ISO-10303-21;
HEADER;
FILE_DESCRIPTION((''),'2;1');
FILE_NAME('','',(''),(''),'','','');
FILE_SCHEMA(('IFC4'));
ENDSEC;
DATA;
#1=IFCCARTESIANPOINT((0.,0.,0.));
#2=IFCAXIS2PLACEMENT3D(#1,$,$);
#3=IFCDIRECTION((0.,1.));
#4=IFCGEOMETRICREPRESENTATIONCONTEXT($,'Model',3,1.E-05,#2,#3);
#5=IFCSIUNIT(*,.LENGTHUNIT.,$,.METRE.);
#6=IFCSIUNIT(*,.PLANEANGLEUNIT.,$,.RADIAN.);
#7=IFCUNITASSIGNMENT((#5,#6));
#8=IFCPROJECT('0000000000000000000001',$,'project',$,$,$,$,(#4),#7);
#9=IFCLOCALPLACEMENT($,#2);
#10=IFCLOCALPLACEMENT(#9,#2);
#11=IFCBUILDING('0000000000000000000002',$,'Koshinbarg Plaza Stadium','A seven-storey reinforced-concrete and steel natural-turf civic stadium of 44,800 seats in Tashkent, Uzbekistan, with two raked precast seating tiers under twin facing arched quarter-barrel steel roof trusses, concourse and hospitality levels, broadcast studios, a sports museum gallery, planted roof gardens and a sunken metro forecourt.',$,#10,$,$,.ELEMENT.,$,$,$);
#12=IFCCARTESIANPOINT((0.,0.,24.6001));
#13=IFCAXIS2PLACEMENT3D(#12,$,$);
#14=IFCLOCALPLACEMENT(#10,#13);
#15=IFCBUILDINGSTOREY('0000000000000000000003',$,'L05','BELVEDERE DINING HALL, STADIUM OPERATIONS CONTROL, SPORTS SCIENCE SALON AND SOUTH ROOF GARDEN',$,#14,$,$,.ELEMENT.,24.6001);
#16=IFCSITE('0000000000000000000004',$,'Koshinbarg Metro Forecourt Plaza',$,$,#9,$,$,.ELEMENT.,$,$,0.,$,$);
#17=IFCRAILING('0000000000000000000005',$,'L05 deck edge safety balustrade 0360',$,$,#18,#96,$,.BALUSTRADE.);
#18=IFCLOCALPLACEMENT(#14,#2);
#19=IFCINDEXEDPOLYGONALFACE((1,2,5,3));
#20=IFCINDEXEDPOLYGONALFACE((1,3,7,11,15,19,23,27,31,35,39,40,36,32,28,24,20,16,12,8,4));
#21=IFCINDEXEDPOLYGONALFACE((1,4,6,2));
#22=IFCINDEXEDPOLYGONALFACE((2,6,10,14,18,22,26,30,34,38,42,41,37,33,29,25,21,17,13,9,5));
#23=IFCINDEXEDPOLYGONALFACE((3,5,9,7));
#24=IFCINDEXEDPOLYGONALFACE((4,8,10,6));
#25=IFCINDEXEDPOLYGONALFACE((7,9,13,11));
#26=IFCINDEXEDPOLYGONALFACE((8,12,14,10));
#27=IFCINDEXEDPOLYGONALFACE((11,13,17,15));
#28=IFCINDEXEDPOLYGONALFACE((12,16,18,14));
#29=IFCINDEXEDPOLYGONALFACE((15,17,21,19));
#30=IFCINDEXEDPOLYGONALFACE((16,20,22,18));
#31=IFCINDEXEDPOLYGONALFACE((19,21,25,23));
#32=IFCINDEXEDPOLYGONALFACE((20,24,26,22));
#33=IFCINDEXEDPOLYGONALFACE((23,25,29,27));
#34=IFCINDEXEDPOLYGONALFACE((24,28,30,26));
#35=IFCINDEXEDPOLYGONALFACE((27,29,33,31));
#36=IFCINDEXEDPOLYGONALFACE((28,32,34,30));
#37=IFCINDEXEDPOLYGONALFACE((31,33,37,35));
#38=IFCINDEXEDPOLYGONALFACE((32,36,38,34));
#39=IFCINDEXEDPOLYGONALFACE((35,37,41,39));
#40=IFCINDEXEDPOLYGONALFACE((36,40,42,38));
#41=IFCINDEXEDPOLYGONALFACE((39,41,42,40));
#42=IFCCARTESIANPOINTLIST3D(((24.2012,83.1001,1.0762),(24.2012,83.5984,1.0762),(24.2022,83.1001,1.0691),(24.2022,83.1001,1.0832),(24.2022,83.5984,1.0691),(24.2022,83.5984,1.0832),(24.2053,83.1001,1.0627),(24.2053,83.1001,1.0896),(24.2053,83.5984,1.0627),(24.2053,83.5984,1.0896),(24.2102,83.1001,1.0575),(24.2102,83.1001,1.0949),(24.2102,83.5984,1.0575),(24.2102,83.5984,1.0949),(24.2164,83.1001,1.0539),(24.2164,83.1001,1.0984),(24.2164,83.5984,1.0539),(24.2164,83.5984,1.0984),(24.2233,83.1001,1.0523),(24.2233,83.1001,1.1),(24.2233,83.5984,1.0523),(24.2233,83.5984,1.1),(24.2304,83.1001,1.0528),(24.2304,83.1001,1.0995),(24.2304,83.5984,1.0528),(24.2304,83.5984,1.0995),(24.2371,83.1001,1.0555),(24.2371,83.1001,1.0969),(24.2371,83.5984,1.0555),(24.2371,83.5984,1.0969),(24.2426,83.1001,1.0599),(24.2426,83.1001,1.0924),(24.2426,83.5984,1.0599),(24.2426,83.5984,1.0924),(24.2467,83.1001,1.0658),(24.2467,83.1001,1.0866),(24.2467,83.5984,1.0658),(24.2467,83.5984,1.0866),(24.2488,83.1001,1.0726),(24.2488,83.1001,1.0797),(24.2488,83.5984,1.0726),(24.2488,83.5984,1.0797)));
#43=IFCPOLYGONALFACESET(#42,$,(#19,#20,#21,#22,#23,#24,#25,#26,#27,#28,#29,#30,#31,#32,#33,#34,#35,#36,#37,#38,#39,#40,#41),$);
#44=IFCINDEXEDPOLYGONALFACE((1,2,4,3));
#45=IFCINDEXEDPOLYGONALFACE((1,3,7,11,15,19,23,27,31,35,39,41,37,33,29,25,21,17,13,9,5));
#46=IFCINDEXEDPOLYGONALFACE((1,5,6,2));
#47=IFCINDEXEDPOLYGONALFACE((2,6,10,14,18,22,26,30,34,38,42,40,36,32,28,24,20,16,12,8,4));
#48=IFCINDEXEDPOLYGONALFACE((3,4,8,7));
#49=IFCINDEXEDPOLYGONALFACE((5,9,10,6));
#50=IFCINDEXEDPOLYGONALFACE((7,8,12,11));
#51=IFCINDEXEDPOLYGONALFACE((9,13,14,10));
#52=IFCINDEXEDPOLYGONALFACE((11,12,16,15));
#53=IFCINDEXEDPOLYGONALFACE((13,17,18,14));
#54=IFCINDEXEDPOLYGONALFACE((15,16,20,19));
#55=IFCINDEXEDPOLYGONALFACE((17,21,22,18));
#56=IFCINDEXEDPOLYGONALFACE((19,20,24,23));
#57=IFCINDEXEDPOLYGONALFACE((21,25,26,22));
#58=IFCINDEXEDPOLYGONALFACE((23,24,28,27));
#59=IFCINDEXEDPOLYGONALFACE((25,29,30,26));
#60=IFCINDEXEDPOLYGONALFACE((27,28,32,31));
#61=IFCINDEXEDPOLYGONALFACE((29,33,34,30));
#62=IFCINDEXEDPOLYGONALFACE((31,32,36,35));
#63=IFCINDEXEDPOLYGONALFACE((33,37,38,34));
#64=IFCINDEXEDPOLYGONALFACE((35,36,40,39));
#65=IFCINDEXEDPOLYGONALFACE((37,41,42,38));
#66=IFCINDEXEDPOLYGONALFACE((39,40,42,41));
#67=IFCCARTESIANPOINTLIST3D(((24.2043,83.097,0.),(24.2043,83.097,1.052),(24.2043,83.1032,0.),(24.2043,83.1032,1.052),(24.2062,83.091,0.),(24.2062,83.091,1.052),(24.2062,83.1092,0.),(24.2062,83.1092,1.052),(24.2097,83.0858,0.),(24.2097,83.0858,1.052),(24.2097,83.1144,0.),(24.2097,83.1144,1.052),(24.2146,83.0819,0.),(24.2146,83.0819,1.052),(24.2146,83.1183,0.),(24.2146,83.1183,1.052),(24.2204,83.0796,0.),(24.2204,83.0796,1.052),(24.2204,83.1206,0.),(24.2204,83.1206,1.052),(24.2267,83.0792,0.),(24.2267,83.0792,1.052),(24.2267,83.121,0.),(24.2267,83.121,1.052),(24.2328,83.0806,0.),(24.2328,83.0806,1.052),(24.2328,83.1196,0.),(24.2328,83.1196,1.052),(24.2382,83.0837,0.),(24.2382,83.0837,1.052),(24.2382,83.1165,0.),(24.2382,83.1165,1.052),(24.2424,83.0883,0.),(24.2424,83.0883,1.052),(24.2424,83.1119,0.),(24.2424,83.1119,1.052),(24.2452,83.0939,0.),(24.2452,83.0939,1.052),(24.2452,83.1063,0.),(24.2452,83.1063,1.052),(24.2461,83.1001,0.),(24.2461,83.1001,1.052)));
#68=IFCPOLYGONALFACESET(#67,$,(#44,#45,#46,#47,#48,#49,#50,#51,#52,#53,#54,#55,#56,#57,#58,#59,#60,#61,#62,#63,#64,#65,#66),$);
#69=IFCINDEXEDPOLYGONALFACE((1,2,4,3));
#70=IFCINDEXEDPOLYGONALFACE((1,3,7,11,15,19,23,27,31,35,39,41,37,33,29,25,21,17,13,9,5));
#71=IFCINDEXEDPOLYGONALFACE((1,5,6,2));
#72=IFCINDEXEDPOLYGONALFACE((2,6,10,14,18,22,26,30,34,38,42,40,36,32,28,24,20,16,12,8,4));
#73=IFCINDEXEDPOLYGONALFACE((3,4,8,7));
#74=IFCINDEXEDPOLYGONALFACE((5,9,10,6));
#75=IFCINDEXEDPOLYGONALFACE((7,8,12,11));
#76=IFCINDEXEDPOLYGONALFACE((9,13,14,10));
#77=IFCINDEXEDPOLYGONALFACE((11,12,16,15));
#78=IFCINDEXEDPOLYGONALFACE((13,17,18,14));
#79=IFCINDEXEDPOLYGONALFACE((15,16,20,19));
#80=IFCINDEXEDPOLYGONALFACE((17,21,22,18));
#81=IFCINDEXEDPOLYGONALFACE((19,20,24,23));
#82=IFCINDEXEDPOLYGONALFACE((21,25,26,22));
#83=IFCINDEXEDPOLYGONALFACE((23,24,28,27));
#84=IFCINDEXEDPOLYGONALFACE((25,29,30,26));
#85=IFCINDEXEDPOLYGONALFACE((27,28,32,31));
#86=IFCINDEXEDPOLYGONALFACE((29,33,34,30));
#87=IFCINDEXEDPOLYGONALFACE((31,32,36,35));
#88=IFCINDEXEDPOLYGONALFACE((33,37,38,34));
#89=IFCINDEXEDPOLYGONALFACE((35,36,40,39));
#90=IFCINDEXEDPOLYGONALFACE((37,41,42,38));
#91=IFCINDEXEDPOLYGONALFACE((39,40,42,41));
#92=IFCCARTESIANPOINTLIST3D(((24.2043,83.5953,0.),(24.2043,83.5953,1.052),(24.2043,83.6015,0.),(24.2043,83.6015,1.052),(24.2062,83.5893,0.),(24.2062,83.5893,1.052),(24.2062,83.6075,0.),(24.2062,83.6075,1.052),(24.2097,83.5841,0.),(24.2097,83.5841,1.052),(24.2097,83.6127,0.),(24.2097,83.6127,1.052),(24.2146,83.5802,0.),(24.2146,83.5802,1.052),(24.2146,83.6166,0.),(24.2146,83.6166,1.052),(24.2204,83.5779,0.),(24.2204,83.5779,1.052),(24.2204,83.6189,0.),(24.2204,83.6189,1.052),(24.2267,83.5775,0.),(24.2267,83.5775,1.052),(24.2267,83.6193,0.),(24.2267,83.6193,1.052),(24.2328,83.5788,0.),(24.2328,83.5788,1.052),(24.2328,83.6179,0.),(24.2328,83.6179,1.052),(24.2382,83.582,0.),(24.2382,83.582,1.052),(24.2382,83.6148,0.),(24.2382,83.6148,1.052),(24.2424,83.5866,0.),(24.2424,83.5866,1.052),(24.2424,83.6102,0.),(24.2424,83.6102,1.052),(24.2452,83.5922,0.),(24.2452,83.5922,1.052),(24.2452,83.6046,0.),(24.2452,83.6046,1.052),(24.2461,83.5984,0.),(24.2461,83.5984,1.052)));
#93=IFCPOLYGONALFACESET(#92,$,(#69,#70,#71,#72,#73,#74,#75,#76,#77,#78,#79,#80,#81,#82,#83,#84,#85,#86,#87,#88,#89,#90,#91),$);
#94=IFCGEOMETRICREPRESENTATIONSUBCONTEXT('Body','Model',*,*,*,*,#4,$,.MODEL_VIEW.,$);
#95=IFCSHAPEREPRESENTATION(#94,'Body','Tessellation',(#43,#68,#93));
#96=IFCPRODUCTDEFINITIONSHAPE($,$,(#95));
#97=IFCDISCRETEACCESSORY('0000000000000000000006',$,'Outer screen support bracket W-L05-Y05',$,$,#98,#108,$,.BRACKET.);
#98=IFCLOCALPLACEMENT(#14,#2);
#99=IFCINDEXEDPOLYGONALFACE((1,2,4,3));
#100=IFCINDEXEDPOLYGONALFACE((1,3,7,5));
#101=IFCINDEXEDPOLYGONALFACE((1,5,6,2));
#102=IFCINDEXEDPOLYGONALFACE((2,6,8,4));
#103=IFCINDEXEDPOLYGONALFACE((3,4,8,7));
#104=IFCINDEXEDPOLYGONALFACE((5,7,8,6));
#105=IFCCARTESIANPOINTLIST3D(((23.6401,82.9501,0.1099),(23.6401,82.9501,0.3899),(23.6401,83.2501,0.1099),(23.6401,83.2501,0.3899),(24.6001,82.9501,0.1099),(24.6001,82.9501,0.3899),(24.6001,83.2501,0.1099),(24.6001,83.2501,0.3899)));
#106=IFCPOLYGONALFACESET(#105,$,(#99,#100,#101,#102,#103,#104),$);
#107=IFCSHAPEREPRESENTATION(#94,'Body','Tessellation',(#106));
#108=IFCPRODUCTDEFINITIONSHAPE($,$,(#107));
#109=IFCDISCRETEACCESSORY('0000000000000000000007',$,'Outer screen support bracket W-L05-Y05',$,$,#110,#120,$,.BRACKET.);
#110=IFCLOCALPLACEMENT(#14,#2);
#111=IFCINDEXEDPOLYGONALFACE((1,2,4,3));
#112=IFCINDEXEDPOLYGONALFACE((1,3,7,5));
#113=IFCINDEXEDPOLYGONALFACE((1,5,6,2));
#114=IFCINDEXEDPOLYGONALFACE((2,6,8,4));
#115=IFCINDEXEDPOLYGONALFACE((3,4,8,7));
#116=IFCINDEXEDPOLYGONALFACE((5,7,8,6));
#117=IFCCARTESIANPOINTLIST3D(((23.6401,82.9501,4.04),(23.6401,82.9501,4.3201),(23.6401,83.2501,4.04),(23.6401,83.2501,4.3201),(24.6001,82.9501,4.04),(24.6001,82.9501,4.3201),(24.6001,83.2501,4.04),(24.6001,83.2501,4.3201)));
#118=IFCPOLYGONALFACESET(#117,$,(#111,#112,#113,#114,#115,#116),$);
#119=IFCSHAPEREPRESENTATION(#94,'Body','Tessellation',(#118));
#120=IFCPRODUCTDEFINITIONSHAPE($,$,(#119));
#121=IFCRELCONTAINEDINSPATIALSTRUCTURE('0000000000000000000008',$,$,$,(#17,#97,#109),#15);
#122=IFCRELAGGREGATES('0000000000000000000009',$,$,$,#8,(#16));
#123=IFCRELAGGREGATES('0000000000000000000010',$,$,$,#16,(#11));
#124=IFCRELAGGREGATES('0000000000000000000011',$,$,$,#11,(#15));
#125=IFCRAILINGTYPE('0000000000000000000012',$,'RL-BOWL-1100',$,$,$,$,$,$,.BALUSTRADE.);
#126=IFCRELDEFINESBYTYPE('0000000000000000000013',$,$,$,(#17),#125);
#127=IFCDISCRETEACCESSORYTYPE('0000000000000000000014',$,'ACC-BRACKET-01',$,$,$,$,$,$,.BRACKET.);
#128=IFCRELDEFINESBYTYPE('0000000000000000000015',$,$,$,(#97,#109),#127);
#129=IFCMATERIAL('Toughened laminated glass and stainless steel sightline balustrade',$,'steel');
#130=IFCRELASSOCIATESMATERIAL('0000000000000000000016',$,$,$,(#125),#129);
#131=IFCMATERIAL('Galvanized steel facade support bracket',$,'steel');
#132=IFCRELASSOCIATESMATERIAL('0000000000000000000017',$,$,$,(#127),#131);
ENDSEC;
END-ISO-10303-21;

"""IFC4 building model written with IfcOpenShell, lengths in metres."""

from ifc_helpers import new_model, si_unit, direction, frame, origin, origin_2d, place, context, subcontext, project, spatial, rectangle, circle, extrude, material, type_object, element, save


model = new_model("IFC4")

# Units and contexts
model_context = context("Model", 3, precision=1e-05, world=origin(), true_north=direction((0.0, 1.0)))
body_context = subcontext(model_context, "Body", "Model", "MODEL_VIEW")
ifc_project = project(units=[si_unit("LENGTHUNIT", "METRE"), si_unit("PLANEANGLEUNIT", "RADIAN")], contexts=[model_context])

# Site, building, storey
site_placement = place(None, origin())
site = spatial("IfcSite", under=ifc_project, at=site_placement, Name="Koshinbarg Metro Forecourt Plaza", CompositionType="ELEMENT", RefElevation=0.0)
building_placement = place(site_placement, origin())
building = spatial("IfcBuilding", under=site, at=building_placement, Name="Koshinbarg Plaza Stadium", Description="A seven-storey reinforced-concrete and steel natural-turf civic stadium of 44,800 seats in Tashkent, Uzbekistan, with two raked precast seating tiers under twin facing arched quarter-barrel steel roof trusses, concourse and hospitality levels, broadcast studios, a sports museum gallery, planted roof gardens and a sunken metro forecourt.", CompositionType="ELEMENT")
storey_placement = place(building_placement, frame((0.0, 0.0, 24.6001)))
storey = spatial("IfcBuildingStorey", under=building, at=storey_placement, Name="L05", Description="BELVEDERE DINING HALL, STADIUM OPERATIONS CONTROL, SPORTS SCIENCE SALON AND SOUTH ROOF GARDEN", CompositionType="ELEMENT", Elevation=24.6001)

# Railing
ifc_material_1 = material(Name="Toughened laminated glass and stainless steel sightline balustrade", Category="steel")
railing_type = type_object("IfcRailingType", Name="RL-BOWL-1100", PredefinedType="BALUSTRADE", material=ifc_material_1)
railing_1_placement = place(storey_placement, frame((24.2251, 83.1001, 0.0)))
element("IfcRailing", 1, at=railing_1_placement, inside=storey, type_object=railing_type, Name="L05 deck edge safety balustrade 0360", PredefinedType="BALUSTRADE", context=body_context, shape_type="SweptSolid", body=[
    extrude(circle(Radius=0.0239, at=origin_2d()), frame((0.0, 0.0, 1.0762), z_axis=(0.0, 1.0, 0.0), x_axis=(-1.0, 0.0, 0.0)), (0.0, 0.0, 1.0), 0.4983),
    extrude(circle(Radius=0.021, at=origin_2d()), origin(), (0.0, 0.0, 1.0), 1.052),
    extrude(circle(Radius=0.021, at=origin_2d()), frame((0.0, 0.4983, 0.0)), (0.0, 0.0, 1.0), 1.052),
])

# Discrete accessories
ifc_material_2 = material(Name="Galvanized steel facade support bracket", Category="steel")
discrete_accessory_type = type_object("IfcDiscreteAccessoryType", Name="ACC-BRACKET-01", PredefinedType="BRACKET", material=ifc_material_2)
for number, where, z_axis, x_axis, name in (
    (2, (24.1201, 83.1001, 0.1099), (0.0, 0.0, 1.0), (1.0, 0.0, 0.0), "Outer screen support bracket W-L05-Y05"),
    (3, (24.1201, 83.1001, 4.04), (0.0, 0.0, 1.0), (1.0, 0.0, 0.0), "Outer screen support bracket W-L05-Y05"),
):
    element("IfcDiscreteAccessory", number, at=place(storey_placement, frame(where, z_axis=z_axis, x_axis=x_axis)), inside=storey, type_object=discrete_accessory_type, Name=name, PredefinedType="BRACKET", context=body_context, shape_type="SweptSolid", body=[
        extrude(rectangle(XDim=0.96, YDim=0.3, at=origin_2d()), origin(), (0.0, 0.0, 1.0), 0.28),
    ])

save(model, "model.ifc")
